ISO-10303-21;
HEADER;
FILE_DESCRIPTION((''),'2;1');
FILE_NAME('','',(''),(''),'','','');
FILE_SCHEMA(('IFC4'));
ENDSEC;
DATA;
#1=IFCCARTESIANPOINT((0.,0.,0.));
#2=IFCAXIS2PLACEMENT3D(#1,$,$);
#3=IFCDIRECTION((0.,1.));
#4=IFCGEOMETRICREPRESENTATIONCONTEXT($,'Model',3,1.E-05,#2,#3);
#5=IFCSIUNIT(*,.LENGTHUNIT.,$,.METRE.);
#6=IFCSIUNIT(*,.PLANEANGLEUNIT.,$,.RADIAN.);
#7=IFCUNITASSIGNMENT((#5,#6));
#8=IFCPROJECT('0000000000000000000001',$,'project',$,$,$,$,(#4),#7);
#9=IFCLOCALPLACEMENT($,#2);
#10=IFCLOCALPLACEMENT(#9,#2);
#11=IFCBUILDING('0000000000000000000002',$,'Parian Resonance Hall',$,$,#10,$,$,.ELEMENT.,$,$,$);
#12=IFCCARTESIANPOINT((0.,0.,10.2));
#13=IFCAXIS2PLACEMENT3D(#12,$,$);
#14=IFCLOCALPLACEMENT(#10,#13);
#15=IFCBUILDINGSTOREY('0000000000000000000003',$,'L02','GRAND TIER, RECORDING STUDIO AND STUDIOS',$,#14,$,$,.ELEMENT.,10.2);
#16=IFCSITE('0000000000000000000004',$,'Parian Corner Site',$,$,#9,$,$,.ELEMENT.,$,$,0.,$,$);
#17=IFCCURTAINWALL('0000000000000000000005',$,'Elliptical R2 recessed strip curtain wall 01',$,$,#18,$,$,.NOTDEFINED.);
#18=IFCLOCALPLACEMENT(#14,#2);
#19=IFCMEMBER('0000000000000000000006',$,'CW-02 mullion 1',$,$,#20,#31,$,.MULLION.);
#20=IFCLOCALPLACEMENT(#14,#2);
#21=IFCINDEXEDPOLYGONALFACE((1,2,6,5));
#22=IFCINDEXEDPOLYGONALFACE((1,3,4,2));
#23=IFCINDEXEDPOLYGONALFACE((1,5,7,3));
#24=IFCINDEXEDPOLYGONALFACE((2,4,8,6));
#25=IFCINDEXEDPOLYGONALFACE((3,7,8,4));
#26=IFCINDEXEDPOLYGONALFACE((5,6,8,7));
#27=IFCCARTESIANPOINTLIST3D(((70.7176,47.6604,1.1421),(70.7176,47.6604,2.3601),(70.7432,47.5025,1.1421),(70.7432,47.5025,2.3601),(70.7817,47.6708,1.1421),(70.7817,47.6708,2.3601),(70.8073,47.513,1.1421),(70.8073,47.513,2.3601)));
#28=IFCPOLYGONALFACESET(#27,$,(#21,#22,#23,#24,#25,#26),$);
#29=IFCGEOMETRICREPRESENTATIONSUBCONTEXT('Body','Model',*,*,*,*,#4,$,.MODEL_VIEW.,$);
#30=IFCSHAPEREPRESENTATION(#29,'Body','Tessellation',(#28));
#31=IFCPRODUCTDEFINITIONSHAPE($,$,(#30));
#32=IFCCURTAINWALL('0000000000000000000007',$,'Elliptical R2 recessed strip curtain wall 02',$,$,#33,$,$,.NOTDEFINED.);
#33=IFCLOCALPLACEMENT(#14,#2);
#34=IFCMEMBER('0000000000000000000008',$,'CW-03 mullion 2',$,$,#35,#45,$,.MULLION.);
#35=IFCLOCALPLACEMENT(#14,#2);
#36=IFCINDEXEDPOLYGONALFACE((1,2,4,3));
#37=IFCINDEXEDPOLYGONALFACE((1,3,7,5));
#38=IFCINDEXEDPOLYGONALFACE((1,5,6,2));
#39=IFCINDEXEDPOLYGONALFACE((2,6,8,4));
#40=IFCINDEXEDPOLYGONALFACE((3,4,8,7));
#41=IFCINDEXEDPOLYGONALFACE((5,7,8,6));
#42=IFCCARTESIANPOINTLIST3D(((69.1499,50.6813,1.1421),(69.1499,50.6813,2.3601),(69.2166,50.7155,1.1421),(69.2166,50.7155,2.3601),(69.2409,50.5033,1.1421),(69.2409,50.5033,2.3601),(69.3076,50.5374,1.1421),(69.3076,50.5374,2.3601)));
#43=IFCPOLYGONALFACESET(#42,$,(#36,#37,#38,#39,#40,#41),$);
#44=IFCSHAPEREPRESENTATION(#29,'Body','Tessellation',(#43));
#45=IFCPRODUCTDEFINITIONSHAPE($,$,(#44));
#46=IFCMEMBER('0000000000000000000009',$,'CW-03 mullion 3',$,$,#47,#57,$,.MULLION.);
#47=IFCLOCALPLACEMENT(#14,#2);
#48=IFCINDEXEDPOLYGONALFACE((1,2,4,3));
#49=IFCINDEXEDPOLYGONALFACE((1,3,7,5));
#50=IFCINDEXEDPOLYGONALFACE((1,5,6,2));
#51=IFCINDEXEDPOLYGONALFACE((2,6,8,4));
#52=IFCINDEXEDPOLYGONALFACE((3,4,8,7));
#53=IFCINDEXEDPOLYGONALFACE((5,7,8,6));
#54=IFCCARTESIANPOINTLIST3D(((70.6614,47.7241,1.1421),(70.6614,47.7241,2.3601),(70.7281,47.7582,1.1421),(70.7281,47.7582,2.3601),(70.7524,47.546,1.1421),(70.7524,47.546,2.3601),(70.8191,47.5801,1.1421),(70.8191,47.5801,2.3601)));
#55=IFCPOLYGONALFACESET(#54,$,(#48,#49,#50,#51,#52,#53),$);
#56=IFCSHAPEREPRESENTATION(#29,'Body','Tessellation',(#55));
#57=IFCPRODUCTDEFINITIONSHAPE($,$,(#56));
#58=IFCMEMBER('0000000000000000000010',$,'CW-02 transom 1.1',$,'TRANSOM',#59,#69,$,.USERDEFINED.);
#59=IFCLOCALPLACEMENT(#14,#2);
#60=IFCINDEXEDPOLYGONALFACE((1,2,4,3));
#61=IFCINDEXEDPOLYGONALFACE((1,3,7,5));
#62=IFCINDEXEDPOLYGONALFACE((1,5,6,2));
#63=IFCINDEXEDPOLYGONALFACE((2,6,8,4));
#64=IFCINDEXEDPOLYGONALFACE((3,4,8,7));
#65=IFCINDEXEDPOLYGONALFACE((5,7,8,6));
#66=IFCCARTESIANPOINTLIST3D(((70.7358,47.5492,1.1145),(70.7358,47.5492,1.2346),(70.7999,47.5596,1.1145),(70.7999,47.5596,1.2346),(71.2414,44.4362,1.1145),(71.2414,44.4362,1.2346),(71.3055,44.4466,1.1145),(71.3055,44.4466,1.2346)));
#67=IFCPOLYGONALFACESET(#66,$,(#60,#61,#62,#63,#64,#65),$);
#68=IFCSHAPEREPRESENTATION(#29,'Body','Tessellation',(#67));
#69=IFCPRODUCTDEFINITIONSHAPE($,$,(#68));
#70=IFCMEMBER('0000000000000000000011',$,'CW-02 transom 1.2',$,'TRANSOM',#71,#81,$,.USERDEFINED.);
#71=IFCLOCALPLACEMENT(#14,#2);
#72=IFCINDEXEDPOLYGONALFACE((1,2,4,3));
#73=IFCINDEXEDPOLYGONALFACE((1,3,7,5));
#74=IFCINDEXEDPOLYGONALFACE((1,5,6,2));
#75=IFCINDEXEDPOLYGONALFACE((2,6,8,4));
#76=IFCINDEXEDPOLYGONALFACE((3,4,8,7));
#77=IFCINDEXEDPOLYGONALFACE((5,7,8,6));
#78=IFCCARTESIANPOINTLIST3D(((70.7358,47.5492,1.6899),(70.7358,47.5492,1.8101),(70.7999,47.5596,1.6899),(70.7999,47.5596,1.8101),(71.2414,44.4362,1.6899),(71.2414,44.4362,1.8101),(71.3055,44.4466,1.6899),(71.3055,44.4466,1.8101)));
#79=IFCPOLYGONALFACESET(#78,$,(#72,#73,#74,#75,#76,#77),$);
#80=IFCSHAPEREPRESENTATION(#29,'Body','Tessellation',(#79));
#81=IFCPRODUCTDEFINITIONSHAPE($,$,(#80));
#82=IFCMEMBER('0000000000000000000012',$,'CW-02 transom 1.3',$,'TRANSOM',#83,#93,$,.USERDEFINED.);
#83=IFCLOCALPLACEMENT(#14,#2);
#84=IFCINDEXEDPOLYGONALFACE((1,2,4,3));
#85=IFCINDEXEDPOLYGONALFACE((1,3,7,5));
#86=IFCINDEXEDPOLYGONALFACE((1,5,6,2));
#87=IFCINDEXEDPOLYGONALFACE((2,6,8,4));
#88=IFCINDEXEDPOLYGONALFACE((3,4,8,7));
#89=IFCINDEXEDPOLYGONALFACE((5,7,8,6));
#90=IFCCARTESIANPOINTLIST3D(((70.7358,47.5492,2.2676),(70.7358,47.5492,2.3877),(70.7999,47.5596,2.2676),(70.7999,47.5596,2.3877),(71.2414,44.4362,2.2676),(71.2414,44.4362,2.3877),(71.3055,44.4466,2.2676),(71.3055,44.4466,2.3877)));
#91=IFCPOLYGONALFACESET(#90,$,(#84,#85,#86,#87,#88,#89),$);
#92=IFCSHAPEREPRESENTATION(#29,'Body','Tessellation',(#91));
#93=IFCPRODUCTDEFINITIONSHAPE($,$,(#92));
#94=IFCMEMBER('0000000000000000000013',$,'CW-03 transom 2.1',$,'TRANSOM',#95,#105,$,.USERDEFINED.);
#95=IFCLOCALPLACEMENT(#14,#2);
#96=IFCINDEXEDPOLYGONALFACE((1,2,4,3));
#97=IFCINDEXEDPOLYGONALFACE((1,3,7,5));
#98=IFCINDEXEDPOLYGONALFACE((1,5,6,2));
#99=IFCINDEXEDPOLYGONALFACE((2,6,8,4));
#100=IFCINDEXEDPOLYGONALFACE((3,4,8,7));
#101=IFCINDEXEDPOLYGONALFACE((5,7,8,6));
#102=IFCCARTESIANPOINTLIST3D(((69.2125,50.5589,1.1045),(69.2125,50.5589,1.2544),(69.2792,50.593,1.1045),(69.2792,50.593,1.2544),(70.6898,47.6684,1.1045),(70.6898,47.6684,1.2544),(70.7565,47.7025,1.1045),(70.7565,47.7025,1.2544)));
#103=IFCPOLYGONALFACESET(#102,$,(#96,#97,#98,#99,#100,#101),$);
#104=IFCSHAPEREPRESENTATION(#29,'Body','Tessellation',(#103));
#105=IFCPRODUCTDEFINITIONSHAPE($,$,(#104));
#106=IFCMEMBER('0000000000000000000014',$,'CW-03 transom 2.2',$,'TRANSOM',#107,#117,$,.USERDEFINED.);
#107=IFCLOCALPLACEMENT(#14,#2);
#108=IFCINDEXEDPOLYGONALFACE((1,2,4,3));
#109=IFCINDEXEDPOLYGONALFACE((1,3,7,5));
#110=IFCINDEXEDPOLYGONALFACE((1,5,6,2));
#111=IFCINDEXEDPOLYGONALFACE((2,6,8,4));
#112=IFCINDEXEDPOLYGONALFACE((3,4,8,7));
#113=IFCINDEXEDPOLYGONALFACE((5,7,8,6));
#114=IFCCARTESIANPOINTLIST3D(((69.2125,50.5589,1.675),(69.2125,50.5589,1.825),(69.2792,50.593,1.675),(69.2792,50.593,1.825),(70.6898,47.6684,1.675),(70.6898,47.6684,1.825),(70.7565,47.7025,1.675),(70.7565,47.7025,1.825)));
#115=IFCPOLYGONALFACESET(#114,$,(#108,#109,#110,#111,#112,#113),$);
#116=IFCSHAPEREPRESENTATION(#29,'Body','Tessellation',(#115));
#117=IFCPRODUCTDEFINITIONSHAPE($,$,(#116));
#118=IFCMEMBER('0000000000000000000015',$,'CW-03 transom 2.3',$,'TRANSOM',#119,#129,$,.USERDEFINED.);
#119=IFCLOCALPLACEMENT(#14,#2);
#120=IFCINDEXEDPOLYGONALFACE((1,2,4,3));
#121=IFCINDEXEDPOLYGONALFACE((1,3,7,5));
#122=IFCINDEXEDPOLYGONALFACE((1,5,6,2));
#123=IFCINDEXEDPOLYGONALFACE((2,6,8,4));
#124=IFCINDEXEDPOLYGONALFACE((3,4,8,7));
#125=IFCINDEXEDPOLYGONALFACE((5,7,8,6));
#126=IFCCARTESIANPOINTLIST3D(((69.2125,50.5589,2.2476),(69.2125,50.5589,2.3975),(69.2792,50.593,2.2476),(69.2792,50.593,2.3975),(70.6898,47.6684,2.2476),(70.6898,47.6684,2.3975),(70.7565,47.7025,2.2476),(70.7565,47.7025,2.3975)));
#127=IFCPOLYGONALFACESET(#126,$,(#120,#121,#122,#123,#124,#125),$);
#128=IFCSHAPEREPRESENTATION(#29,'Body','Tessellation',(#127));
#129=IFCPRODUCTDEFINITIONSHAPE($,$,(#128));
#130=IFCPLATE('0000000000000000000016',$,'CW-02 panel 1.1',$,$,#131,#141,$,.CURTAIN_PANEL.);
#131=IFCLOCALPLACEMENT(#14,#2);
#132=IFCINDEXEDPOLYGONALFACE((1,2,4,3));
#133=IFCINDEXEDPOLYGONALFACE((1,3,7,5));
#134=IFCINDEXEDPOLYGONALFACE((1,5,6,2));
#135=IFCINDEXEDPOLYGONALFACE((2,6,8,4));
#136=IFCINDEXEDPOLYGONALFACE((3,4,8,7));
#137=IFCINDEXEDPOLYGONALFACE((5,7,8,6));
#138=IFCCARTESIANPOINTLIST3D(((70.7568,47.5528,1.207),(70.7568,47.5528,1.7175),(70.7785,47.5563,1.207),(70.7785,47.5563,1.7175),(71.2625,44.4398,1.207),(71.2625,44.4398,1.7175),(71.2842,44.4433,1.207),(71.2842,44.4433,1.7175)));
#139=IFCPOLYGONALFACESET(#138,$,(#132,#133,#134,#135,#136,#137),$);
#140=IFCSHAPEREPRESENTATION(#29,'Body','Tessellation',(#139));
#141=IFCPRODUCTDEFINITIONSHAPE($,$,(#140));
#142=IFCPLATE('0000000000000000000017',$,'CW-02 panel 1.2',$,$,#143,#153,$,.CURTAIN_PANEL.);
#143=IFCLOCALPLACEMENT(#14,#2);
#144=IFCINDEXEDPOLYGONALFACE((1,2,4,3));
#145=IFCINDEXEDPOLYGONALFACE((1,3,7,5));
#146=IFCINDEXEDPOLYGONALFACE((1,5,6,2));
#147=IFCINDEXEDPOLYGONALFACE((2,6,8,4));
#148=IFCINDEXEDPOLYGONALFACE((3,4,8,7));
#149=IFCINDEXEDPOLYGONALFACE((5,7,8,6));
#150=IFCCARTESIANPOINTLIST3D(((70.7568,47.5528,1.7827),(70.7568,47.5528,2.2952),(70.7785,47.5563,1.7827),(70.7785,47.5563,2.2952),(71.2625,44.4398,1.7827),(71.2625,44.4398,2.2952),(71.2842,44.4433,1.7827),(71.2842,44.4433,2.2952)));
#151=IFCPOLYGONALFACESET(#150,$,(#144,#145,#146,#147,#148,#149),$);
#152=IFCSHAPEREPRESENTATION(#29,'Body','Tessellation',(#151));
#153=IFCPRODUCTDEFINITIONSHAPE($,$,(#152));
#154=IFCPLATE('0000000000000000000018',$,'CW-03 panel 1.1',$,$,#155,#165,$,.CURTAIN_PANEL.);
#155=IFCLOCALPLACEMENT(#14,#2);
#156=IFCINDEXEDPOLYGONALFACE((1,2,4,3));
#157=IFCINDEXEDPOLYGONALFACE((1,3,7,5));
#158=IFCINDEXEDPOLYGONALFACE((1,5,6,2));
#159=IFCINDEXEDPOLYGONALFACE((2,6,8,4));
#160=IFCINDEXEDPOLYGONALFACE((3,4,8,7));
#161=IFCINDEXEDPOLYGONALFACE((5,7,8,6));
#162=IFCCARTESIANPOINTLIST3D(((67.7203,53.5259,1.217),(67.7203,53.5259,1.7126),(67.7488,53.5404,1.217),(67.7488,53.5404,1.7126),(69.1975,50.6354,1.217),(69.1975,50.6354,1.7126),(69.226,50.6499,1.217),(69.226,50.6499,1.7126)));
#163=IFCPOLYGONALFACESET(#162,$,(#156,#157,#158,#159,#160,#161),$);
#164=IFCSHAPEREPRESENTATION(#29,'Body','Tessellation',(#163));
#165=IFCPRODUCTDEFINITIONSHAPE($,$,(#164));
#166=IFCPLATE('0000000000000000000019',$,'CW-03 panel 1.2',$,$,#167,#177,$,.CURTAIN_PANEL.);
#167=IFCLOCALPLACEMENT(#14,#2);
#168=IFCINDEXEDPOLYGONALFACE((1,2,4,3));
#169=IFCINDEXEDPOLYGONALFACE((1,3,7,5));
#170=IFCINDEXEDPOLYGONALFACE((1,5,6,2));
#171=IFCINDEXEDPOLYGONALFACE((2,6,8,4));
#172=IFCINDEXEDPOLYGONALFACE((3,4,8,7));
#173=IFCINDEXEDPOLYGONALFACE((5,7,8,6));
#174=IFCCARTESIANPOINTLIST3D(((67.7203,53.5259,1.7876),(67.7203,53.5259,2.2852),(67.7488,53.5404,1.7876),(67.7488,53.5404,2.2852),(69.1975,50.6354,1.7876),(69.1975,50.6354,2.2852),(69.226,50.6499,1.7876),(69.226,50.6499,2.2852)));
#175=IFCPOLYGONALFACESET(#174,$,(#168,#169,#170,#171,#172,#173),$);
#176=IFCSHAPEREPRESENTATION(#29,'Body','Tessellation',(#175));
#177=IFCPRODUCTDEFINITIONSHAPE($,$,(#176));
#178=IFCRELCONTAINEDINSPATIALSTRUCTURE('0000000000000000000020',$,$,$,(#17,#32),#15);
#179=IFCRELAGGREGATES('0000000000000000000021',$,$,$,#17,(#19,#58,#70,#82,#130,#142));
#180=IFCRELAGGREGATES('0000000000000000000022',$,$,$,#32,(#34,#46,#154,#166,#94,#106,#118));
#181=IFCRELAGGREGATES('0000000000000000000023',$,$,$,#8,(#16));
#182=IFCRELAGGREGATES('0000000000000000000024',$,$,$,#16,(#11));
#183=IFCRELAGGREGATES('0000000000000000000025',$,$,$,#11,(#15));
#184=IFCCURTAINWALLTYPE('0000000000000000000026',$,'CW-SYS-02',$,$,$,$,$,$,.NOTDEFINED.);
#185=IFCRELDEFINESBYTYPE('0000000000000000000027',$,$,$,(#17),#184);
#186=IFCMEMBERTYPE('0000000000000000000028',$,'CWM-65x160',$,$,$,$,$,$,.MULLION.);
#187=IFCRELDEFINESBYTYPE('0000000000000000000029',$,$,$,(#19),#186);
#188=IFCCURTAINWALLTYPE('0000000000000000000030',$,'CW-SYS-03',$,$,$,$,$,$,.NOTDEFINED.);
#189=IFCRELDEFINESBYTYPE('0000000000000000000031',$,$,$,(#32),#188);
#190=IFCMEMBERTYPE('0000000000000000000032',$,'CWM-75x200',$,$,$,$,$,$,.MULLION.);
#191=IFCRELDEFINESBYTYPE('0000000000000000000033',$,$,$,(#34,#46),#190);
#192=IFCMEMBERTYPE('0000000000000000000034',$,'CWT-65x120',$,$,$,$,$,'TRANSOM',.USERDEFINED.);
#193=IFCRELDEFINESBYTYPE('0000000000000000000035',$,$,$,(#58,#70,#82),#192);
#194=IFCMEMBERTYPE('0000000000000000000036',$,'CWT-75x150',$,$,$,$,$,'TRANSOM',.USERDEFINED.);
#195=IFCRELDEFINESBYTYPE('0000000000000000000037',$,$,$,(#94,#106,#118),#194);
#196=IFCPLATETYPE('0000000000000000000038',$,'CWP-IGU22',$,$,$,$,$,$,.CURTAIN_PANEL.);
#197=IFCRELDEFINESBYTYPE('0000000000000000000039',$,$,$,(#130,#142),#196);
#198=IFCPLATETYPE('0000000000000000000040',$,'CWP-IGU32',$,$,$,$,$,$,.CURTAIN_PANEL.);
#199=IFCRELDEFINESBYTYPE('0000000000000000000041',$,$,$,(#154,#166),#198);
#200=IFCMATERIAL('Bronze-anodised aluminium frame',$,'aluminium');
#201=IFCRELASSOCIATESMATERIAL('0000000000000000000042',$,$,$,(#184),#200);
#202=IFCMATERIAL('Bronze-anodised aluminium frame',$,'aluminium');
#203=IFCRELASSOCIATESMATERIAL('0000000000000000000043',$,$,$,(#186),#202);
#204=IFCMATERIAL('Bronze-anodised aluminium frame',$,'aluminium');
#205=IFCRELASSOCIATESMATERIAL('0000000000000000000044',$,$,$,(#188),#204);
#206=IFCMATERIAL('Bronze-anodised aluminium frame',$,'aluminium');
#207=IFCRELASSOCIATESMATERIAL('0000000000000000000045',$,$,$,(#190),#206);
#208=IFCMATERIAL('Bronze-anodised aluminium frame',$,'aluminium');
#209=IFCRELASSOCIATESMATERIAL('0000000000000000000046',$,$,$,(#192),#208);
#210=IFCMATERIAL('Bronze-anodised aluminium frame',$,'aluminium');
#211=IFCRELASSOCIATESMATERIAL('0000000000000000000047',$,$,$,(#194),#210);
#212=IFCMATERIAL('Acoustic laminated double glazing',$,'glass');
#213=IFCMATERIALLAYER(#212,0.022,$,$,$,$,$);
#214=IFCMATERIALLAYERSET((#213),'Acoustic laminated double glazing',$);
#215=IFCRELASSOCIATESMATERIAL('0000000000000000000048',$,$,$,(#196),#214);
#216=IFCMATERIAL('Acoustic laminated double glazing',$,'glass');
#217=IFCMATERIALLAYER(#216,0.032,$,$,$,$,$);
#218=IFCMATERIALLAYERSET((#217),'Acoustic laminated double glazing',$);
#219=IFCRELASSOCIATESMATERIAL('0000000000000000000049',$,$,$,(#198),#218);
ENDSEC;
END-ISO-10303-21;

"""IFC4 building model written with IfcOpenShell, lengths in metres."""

from ifc_helpers import new_model, si_unit, direction, frame, origin, origin_2d, place, context, subcontext, project, spatial, rectangle, extrude, material, layer, layer_set, material_profile, profile_set, type_object, element, aggregate, save


model = new_model("IFC4")

# Units and contexts
model_context = context("Model", 3, precision=1e-05, world=origin(), true_north=direction((0.0, 1.0)))
body_context = subcontext(model_context, "Body", "Model", "MODEL_VIEW")
ifc_project = project(units=[si_unit("LENGTHUNIT", "METRE"), si_unit("PLANEANGLEUNIT", "RADIAN")], contexts=[model_context])

# Site, building, storey
site_placement = place(None, origin())
site = spatial("IfcSite", under=ifc_project, at=site_placement, Name="Parian Corner Site", CompositionType="ELEMENT", RefElevation=0.0)
building_placement = place(site_placement, origin())
building = spatial("IfcBuilding", under=site, at=building_placement, Name="Parian Resonance Hall", CompositionType="ELEMENT")
storey_placement = place(building_placement, frame((0.0, 0.0, 10.2)))
storey = spatial("IfcBuildingStorey", under=building, at=storey_placement, Name="L02", Description="GRAND TIER, RECORDING STUDIO AND STUDIOS", CompositionType="ELEMENT", Elevation=10.2)

# Curtain wall, member
ifc_material_1 = material(Name="Bronze-anodised aluminium frame", Category="aluminium")
curtain_wall_type_1 = type_object("IfcCurtainWallType", Name="CW-SYS-02", PredefinedType="NOTDEFINED", material=ifc_material_1)
curtain_wall_1_placement = place(storey_placement, origin())
curtain_wall_1 = element("IfcCurtainWall", 1, at=curtain_wall_1_placement, inside=storey, type_object=curtain_wall_type_1, Name="Elliptical R2 recessed strip curtain wall 01", PredefinedType="NOTDEFINED")
ifc_material_2 = material(Name="Bronze-anodised aluminium frame", Category="aluminium")
ifc_material_profile_1 = material_profile(ifc_material_2, rectangle(XDim=0.0649, YDim=0.1599, at=origin_2d()), Name="CWM-65x160")
ifc_profile_set_1 = profile_set([ifc_material_profile_1], Name="Bronze-anodised aluminium frame")
member_type_1 = type_object("IfcMemberType", Name="CWM-65x160", PredefinedType="MULLION", material=ifc_profile_set_1)
member_1_placement = place(storey_placement, frame((70.7625, 47.5867, 1.1421), z_axis=(0.0, 0.0, 1.0), x_axis=(0.987061, 0.160345, 0.0)))
member_1 = element("IfcMember", 2, at=member_1_placement, type_object=member_type_1, Name="CW-02 mullion 1", PredefinedType="MULLION", context=body_context, shape_type="SweptSolid", body=[
    extrude(rectangle(XDim=0.0649, YDim=0.1599, at=origin_2d()), origin(), (0.0, 0.0, 1.0), 1.218),
])

# Curtain wall, members
ifc_material_3 = material(Name="Bronze-anodised aluminium frame", Category="aluminium")
curtain_wall_type_2 = type_object("IfcCurtainWallType", Name="CW-SYS-03", PredefinedType="NOTDEFINED", material=ifc_material_3)
curtain_wall_2_placement = place(storey_placement, origin())
curtain_wall_2 = element("IfcCurtainWall", 3, at=curtain_wall_2_placement, inside=storey, type_object=curtain_wall_type_2, Name="Elliptical R2 recessed strip curtain wall 02", PredefinedType="NOTDEFINED")
ifc_material_4 = material(Name="Bronze-anodised aluminium frame", Category="aluminium")
ifc_material_profile_2 = material_profile(ifc_material_4, rectangle(XDim=0.075, YDim=0.2, at=origin_2d()), Name="CWM-75x200")
ifc_profile_set_2 = profile_set([ifc_material_profile_2], Name="Bronze-anodised aluminium frame")
member_type_2 = type_object("IfcMemberType", Name="CWM-75x200", PredefinedType="MULLION", material=ifc_profile_set_2)
member_2_placement = place(storey_placement, frame((69.2288, 50.6094, 1.1421), z_axis=(0.0, 0.0, 1.0), x_axis=(0.890447, 0.455086, 0.0)))
member_2 = element("IfcMember", 4, at=member_2_placement, type_object=member_type_2, Name="CW-03 mullion 2", PredefinedType="MULLION", context=body_context, shape_type="SweptSolid", body=[
    extrude(rectangle(XDim=0.075, YDim=0.2, at=origin_2d()), origin(), (0.0, 0.0, 1.0), 1.218),
])
member_3_placement = place(storey_placement, frame((70.7402, 47.6521, 1.1421), z_axis=(0.0, 0.0, 1.0), x_axis=(0.890447, 0.455086, 0.0)))
member_3 = element("IfcMember", 5, at=member_3_placement, type_object=member_type_2, Name="CW-03 mullion 3", PredefinedType="MULLION", context=body_context, shape_type="SweptSolid", body=[
    extrude(rectangle(XDim=0.075, YDim=0.2, at=origin_2d()), origin(), (0.0, 0.0, 1.0), 1.218),
])

# Members
ifc_material_5 = material(Name="Bronze-anodised aluminium frame", Category="aluminium")
ifc_material_profile_3 = material_profile(ifc_material_5, rectangle(XDim=0.0649, YDim=0.1201, at=origin_2d()), Name="CWT-65x120")
ifc_profile_set_3 = profile_set([ifc_material_profile_3], Name="Bronze-anodised aluminium frame")
member_type_3 = type_object("IfcMemberType", Name="CWT-65x120", ElementType="TRANSOM", PredefinedType="USERDEFINED", material=ifc_profile_set_3)
member_4_placement = place(storey_placement, frame((70.7678, 47.5544, 1.1746), z_axis=(0.160318, -0.987065, 0.0), x_axis=(0.987065, 0.160318, 0.0)))
member_4 = element("IfcMember", 6, at=member_4_placement, type_object=member_type_3, Name="CW-02 transom 1.1", ObjectType="TRANSOM", PredefinedType="USERDEFINED", context=body_context, shape_type="SweptSolid", body=[
    extrude(rectangle(XDim=0.0649, YDim=0.1201, at=origin_2d()), origin(), (0.0, 0.0, 1.0), 3.1538),
])
member_5_placement = place(storey_placement, frame((70.7678, 47.5544, 1.75), z_axis=(0.160318, -0.987065, 0.0), x_axis=(0.987065, 0.160318, 0.0)))
member_5 = element("IfcMember", 7, at=member_5_placement, type_object=member_type_3, Name="CW-02 transom 1.2", ObjectType="TRANSOM", PredefinedType="USERDEFINED", context=body_context, shape_type="SweptSolid", body=[
    extrude(rectangle(XDim=0.0649, YDim=0.1201, at=origin_2d()), origin(), (0.0, 0.0, 1.0), 3.1538),
])
member_6_placement = place(storey_placement, frame((70.7678, 47.5544, 2.3276), z_axis=(0.160318, -0.987065, 0.0), x_axis=(0.987065, 0.160318, 0.0)))
member_6 = element("IfcMember", 8, at=member_6_placement, type_object=member_type_3, Name="CW-02 transom 1.3", ObjectType="TRANSOM", PredefinedType="USERDEFINED", context=body_context, shape_type="SweptSolid", body=[
    extrude(rectangle(XDim=0.0649, YDim=0.1201, at=origin_2d()), origin(), (0.0, 0.0, 1.0), 3.1538),
])
ifc_material_6 = material(Name="Bronze-anodised aluminium frame", Category="aluminium")
ifc_material_profile_4 = material_profile(ifc_material_6, rectangle(XDim=0.075, YDim=0.1499, at=origin_2d()), Name="CWT-75x150")
ifc_profile_set_4 = profile_set([ifc_material_profile_4], Name="Bronze-anodised aluminium frame")
member_type_4 = type_object("IfcMemberType", Name="CWT-75x150", ElementType="TRANSOM", PredefinedType="USERDEFINED", material=ifc_profile_set_4)
member_7_placement = place(storey_placement, frame((69.2458, 50.5759, 1.1794), z_axis=(0.455108, -0.890436, 0.0), x_axis=(0.890436, 0.455108, 0.0)))
member_7 = element("IfcMember", 9, at=member_7_placement, type_object=member_type_4, Name="CW-03 transom 2.1", ObjectType="TRANSOM", PredefinedType="USERDEFINED", context=body_context, shape_type="SweptSolid", body=[
    extrude(rectangle(XDim=0.075, YDim=0.1499, at=origin_2d()), origin(), (0.0, 0.0, 1.0), 3.2461),
])
member_8_placement = place(storey_placement, frame((69.2458, 50.5759, 1.75), z_axis=(0.455108, -0.890436, 0.0), x_axis=(0.890436, 0.455108, 0.0)))
member_8 = element("IfcMember", 10, at=member_8_placement, type_object=member_type_4, Name="CW-03 transom 2.2", ObjectType="TRANSOM", PredefinedType="USERDEFINED", context=body_context, shape_type="SweptSolid", body=[
    extrude(rectangle(XDim=0.075, YDim=0.1499, at=origin_2d()), origin(), (0.0, 0.0, 1.0), 3.2461),
])
member_9_placement = place(storey_placement, frame((69.2458, 50.5759, 2.3225), z_axis=(0.455108, -0.890436, 0.0), x_axis=(0.890436, 0.455108, 0.0)))
member_9 = element("IfcMember", 11, at=member_9_placement, type_object=member_type_4, Name="CW-03 transom 2.3", ObjectType="TRANSOM", PredefinedType="USERDEFINED", context=body_context, shape_type="SweptSolid", body=[
    extrude(rectangle(XDim=0.075, YDim=0.1499, at=origin_2d()), origin(), (0.0, 0.0, 1.0), 3.2461),
])

# Plates
ifc_material_7 = material(Name="Acoustic laminated double glazing", Category="glass")
ifc_layer_1 = layer(ifc_material_7, 0.022)
ifc_layer_set_1 = layer_set([ifc_layer_1], Name="Acoustic laminated double glazing")
plate_type_1 = type_object("IfcPlateType", Name="CWP-IGU22", PredefinedType="CURTAIN_PANEL", material=ifc_layer_set_1)
plate_1_placement = place(storey_placement, frame((71.0205, 45.998, 1.207), z_axis=(0.0, 0.0, 1.0), x_axis=(0.160345, -0.987061, 0.0)))
plate_1 = element("IfcPlate", 12, at=plate_1_placement, type_object=plate_type_1, Name="CW-02 panel 1.1", PredefinedType="CURTAIN_PANEL", context=body_context, shape_type="SweptSolid", body=[
    extrude(rectangle(XDim=3.1538, YDim=0.022, at=origin_2d()), origin(), (0.0, 0.0, 1.0), 0.5105),
])
plate_2_placement = place(storey_placement, frame((71.0205, 45.998, 1.7827), z_axis=(0.0, 0.0, 1.0), x_axis=(0.160345, -0.987061, 0.0)))
plate_2 = element("IfcPlate", 13, at=plate_2_placement, type_object=plate_type_1, Name="CW-02 panel 1.2", PredefinedType="CURTAIN_PANEL", context=body_context, shape_type="SweptSolid", body=[
    extrude(rectangle(XDim=3.1538, YDim=0.022, at=origin_2d()), origin(), (0.0, 0.0, 1.0), 0.5125),
])
aggregate(curtain_wall_1, [member_1, member_4, member_5, member_6, plate_1, plate_2])
ifc_material_8 = material(Name="Acoustic laminated double glazing", Category="glass")
ifc_layer_2 = layer(ifc_material_8, 0.032)
ifc_layer_set_2 = layer_set([ifc_layer_2], Name="Acoustic laminated double glazing")
plate_type_2 = type_object("IfcPlateType", Name="CWP-IGU32", PredefinedType="CURTAIN_PANEL", material=ifc_layer_set_2)
plate_3_placement = place(storey_placement, frame((68.4731, 52.0879, 1.217), z_axis=(0.0, 0.0, 1.0), x_axis=(0.455086, -0.890447, 0.0)))
plate_3 = element("IfcPlate", 14, at=plate_3_placement, type_object=plate_type_2, Name="CW-03 panel 1.1", PredefinedType="CURTAIN_PANEL", context=body_context, shape_type="SweptSolid", body=[
    extrude(rectangle(XDim=3.2461, YDim=0.032, at=origin_2d()), origin(), (0.0, 0.0, 1.0), 0.4956),
])
plate_4_placement = place(storey_placement, frame((68.4731, 52.0879, 1.7876), z_axis=(0.0, 0.0, 1.0), x_axis=(0.455086, -0.890447, 0.0)))
plate_4 = element("IfcPlate", 15, at=plate_4_placement, type_object=plate_type_2, Name="CW-03 panel 1.2", PredefinedType="CURTAIN_PANEL", context=body_context, shape_type="SweptSolid", body=[
    extrude(rectangle(XDim=3.2461, YDim=0.032, at=origin_2d()), origin(), (0.0, 0.0, 1.0), 0.4976),
])
aggregate(curtain_wall_2, [member_2, member_3, plate_3, plate_4, member_7, member_8, member_9])

save(model, "model.ifc")
